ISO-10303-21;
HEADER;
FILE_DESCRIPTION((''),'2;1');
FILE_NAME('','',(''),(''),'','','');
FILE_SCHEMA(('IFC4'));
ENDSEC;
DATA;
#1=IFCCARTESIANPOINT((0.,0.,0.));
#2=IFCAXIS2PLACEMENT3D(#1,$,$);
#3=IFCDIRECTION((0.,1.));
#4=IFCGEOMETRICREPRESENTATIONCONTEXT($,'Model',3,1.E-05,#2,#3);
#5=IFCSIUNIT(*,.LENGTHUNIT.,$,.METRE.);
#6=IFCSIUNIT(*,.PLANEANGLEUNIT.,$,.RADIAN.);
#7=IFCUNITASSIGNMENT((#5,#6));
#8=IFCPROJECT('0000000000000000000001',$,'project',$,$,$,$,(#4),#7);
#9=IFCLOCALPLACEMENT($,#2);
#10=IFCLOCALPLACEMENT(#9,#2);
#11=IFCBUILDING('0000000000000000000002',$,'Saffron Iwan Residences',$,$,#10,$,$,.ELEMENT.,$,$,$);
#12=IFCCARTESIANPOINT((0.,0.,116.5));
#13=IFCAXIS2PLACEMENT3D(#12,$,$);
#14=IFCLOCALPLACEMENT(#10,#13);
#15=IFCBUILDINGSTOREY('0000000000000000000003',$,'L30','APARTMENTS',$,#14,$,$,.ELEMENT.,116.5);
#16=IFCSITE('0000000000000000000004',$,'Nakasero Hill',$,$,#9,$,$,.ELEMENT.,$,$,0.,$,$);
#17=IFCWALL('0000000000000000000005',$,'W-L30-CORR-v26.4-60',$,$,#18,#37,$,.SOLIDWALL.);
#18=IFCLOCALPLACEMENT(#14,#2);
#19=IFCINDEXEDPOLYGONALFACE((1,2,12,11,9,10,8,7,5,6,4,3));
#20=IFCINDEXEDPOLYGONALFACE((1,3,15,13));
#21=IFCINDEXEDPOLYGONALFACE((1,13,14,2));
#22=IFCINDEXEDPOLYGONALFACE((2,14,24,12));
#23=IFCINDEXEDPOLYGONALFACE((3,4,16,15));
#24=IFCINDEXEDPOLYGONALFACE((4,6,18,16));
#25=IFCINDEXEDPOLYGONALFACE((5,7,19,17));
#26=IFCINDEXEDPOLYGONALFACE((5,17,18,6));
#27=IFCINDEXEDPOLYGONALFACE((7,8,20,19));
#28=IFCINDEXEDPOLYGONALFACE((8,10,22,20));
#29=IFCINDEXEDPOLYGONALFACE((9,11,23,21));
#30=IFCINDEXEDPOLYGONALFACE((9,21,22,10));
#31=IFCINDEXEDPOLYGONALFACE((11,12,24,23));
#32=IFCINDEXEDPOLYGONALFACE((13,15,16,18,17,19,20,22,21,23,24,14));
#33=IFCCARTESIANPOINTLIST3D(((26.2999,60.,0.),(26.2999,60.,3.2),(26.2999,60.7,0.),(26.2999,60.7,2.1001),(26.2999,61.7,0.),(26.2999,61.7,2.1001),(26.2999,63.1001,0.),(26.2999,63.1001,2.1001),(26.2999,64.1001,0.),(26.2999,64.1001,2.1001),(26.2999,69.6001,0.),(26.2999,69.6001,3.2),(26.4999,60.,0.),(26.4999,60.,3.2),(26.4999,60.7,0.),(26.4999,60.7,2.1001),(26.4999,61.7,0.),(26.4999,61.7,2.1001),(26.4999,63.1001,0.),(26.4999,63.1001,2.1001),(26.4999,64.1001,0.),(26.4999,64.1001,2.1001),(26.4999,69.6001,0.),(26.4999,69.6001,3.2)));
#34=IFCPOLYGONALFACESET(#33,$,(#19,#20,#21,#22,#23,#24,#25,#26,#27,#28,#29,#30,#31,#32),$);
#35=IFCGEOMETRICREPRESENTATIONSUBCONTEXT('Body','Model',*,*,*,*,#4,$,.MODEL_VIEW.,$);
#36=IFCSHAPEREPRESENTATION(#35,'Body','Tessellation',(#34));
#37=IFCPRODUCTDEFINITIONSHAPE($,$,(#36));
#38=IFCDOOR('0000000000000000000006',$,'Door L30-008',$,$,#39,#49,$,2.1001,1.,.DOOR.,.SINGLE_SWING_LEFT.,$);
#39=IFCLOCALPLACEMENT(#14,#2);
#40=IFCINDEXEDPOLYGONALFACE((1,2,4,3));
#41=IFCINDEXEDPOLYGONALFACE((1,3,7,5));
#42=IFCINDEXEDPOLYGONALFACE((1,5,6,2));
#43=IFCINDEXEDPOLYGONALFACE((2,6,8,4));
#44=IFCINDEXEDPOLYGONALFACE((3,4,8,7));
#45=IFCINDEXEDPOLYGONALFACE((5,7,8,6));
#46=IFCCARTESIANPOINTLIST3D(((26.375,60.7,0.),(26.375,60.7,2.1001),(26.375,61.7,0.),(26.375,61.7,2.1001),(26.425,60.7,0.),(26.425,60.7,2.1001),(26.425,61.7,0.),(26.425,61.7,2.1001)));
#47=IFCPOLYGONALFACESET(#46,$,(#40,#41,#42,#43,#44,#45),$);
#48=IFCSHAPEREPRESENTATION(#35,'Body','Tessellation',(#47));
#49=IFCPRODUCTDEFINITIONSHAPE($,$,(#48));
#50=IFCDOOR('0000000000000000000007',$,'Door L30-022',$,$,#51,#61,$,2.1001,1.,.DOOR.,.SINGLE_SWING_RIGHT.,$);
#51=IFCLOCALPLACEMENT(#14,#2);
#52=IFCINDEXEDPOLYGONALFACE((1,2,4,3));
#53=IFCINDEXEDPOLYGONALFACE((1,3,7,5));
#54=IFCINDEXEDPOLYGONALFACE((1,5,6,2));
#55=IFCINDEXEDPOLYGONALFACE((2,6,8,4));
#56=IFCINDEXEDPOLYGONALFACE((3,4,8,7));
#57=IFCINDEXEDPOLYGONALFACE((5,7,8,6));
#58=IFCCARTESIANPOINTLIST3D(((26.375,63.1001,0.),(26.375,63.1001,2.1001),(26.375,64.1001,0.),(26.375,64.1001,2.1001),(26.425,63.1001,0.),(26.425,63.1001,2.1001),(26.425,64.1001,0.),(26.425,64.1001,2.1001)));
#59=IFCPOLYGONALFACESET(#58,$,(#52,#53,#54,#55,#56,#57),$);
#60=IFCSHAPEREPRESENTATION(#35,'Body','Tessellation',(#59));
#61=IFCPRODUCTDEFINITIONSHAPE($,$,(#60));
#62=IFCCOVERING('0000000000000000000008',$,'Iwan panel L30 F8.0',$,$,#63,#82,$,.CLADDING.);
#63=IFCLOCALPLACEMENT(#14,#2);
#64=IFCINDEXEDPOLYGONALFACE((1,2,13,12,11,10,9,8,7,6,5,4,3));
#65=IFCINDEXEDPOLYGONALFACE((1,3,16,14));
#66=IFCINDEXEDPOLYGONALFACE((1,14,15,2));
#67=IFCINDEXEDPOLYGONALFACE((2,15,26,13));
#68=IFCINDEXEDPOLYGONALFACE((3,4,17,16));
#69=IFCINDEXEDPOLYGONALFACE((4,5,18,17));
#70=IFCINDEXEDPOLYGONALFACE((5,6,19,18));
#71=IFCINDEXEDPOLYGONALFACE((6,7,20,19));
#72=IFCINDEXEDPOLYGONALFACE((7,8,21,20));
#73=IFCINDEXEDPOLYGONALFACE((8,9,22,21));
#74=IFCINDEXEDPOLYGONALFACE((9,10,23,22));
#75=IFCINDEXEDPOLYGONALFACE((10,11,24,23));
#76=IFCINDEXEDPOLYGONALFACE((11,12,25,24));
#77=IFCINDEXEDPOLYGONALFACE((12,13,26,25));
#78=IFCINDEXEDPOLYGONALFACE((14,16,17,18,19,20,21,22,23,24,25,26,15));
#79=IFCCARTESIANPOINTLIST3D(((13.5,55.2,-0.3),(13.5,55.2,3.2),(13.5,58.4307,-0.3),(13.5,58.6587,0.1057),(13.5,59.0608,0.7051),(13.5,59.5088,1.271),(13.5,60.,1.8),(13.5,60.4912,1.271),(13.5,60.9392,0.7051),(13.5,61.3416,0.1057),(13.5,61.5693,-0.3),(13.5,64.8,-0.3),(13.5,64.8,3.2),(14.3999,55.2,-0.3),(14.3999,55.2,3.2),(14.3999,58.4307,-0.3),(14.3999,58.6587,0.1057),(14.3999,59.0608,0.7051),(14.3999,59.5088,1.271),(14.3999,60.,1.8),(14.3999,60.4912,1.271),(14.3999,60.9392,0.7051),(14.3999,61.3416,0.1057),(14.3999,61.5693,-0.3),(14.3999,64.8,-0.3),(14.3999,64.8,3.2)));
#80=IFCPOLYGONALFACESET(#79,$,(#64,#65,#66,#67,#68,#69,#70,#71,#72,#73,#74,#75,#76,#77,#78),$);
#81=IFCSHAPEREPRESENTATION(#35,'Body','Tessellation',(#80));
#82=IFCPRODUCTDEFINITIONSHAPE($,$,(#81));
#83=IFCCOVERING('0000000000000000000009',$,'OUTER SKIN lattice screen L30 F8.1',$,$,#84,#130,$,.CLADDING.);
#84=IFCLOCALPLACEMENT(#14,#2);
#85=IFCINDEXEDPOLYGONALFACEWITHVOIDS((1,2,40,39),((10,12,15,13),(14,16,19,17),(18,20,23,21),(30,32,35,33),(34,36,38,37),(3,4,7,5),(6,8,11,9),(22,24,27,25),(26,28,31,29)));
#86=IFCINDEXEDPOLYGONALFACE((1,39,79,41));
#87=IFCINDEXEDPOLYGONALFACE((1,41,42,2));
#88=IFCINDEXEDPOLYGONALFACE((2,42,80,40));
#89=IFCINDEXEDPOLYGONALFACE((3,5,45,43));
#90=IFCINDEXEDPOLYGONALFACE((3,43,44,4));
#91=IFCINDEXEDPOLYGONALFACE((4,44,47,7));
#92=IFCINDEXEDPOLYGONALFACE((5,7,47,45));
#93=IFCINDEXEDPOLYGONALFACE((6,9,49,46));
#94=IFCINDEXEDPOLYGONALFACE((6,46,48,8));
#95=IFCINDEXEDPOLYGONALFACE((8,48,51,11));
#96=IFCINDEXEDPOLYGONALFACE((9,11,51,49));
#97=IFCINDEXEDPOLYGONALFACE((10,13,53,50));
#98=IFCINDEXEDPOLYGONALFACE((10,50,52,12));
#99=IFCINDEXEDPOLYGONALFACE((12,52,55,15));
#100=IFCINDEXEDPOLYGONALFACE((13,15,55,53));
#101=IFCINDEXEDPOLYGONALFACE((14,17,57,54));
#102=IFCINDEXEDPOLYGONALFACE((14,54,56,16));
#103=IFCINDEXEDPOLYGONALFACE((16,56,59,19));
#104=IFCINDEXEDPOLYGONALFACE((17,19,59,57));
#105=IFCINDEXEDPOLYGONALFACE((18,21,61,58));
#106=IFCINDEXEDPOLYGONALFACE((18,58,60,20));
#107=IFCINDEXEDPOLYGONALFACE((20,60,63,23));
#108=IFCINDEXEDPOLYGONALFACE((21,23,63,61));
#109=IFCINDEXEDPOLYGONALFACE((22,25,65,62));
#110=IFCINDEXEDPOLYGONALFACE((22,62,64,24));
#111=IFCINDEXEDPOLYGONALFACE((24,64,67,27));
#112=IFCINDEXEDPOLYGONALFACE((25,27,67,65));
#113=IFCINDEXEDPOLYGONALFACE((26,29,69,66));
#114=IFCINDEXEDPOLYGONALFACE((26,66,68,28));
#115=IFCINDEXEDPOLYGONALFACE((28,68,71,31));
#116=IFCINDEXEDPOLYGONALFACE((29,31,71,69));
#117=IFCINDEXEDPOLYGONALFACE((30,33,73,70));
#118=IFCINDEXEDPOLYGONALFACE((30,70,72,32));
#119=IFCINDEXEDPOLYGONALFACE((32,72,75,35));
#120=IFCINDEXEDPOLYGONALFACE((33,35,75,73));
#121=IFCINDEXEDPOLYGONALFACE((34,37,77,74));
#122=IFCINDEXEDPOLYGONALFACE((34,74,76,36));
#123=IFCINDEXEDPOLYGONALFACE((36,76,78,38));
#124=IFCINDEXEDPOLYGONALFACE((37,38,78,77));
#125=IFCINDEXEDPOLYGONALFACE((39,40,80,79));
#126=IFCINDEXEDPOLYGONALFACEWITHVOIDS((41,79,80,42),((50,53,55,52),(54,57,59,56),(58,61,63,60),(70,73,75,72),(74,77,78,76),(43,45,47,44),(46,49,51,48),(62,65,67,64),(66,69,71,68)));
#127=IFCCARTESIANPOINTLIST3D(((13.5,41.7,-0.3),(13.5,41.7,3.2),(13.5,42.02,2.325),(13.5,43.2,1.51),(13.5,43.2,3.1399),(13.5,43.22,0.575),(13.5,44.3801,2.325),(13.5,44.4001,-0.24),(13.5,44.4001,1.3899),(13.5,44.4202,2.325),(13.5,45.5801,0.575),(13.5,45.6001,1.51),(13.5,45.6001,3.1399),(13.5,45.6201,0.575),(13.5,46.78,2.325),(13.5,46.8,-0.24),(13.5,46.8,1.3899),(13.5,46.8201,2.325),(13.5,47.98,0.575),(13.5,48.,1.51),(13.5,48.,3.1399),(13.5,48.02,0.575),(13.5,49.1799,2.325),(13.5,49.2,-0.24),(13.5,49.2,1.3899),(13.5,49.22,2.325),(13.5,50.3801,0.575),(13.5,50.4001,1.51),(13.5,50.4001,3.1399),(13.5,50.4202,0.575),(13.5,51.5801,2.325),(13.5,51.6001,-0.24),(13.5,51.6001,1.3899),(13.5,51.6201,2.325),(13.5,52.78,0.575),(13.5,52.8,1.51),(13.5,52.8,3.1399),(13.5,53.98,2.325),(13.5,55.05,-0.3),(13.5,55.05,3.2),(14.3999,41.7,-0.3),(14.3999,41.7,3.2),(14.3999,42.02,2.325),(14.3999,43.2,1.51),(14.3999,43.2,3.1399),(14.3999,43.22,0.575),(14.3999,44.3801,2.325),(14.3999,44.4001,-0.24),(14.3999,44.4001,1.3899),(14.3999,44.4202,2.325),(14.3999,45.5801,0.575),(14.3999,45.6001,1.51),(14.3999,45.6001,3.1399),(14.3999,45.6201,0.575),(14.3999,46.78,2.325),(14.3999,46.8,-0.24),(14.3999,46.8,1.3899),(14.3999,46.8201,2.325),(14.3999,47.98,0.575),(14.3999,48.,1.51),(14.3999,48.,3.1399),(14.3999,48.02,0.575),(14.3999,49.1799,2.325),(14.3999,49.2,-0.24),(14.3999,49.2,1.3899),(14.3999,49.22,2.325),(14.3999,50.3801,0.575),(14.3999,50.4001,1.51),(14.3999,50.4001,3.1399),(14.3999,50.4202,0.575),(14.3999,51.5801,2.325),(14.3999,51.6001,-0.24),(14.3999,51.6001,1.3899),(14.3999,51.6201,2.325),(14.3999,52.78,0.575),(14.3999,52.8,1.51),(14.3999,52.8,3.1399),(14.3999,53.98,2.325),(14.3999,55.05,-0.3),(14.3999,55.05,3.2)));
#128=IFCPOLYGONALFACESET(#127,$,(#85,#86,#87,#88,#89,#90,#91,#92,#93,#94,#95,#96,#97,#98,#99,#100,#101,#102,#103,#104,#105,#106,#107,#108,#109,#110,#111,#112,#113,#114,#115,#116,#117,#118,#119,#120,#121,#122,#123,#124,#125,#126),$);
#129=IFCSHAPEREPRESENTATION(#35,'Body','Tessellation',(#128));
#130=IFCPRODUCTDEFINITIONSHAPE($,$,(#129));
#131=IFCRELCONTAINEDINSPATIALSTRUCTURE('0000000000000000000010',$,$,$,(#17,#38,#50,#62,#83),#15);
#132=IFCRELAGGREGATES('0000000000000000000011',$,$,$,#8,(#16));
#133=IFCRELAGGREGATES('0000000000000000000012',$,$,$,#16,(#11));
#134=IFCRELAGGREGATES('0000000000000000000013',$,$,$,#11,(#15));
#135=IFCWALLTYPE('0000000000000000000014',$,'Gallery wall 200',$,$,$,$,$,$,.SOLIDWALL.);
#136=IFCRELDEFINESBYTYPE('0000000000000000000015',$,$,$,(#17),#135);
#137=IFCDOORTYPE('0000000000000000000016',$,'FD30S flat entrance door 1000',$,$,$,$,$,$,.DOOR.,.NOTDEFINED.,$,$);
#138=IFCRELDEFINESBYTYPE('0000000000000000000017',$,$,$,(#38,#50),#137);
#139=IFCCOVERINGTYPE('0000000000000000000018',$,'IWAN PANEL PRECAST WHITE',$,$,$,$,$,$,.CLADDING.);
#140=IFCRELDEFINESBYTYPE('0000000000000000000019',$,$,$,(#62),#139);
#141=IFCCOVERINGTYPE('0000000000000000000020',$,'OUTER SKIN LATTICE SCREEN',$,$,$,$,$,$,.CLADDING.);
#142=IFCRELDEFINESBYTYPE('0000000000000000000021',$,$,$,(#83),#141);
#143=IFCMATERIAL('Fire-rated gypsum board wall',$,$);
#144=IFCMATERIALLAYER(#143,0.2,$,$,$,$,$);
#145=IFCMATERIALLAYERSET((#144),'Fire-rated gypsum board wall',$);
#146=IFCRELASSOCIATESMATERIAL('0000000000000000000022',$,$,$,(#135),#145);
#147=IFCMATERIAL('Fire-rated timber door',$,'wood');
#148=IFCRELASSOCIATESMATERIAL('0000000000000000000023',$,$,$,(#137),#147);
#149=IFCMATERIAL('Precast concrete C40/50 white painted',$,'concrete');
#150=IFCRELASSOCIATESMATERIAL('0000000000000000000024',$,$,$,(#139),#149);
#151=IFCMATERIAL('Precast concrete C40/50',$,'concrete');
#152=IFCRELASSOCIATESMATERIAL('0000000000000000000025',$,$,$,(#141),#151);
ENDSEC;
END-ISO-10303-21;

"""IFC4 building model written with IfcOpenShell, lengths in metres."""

from ifc_helpers import new_model, si_unit, direction, frame, frame_2d, origin, place, context, subcontext, project, spatial, polyline, rectangle, outline, extrude, material, layer, layer_set, type_object, element, fill, save


model = new_model("IFC4")

# Units and contexts
model_context = context("Model", 3, precision=1e-05, world=origin(), true_north=direction((0.0, 1.0)))
body_context = subcontext(model_context, "Body", "Model", "MODEL_VIEW")
ifc_project = project(units=[si_unit("LENGTHUNIT", "METRE"), si_unit("PLANEANGLEUNIT", "RADIAN")], contexts=[model_context])

# Site, building, storey
site_placement = place(None, origin())
site = spatial("IfcSite", under=ifc_project, at=site_placement, Name="Nakasero Hill", CompositionType="ELEMENT", RefElevation=0.0)
building_placement = place(site_placement, origin())
building = spatial("IfcBuilding", under=site, at=building_placement, Name="Saffron Iwan Residences", CompositionType="ELEMENT")
storey_placement = place(building_placement, frame((0.0, 0.0, 116.5)))
storey = spatial("IfcBuildingStorey", under=building, at=storey_placement, Name="L30", Description="APARTMENTS", CompositionType="ELEMENT", Elevation=116.5)

# Shared definitions
ifc_material_1 = material(Name="Fire-rated gypsum board wall")

# Shared definitions
ifc_layer_1 = layer(ifc_material_1, 0.2)
ifc_layer_set_1 = layer_set([ifc_layer_1], Name="Fire-rated gypsum board wall")
wall_type_1 = type_object("IfcWallType", Name="Gallery wall 200", PredefinedType="SOLIDWALL", material=ifc_layer_set_1)

# Wall, openings, doors
wall_1_placement = place(storey_placement, frame((26.3999, 60.0, 0.0), z_axis=(0.0, 0.0, 1.0), x_axis=(0.0, 1.0, 0.0)))
wall_1 = element("IfcWall", 1, at=wall_1_placement, inside=storey, type_object=wall_type_1, Name="W-L30-CORR-v26.4-60", PredefinedType="SOLIDWALL", context=body_context, shape_type="SweptSolid", body=[
    extrude(rectangle(XDim=9.6001, YDim=0.2, at=frame_2d((4.8, 0.0))), origin(), (0.0, 0.0, 1.0), 3.2),
])
opening_1_placement = place(wall_1_placement, frame((0.7, 0.0, 0.0)))
opening_1 = element("IfcOpeningElement", 2, at=opening_1_placement, cuts=wall_1, PredefinedType="OPENING", context=body_context, shape_type="SweptSolid", body=[
    extrude(rectangle(XDim=1.0, YDim=2.1001, at=frame_2d((0.5, 1.05))), frame((0.0, 0.1099, 0.0), z_axis=(0.0, -1.0, 0.0), x_axis=(1.0, 0.0, 0.0)), (0.0, 0.0, 1.0), 0.22),
])
opening_2_placement = place(wall_1_placement, frame((3.1001, 0.0, 0.0)))
opening_2 = element("IfcOpeningElement", 3, at=opening_2_placement, cuts=wall_1, PredefinedType="OPENING", context=body_context, shape_type="SweptSolid", body=[
    extrude(rectangle(XDim=1.0, YDim=2.1001, at=frame_2d((0.5, 1.05))), frame((0.0, 0.1099, 0.0), z_axis=(0.0, -1.0, 0.0), x_axis=(1.0, 0.0, 0.0)), (0.0, 0.0, 1.0), 0.22),
])
ifc_material_2 = material(Name="Fire-rated timber door", Category="wood")
door_type_1 = type_object("IfcDoorType", Name="FD30S flat entrance door 1000", OperationType="NOTDEFINED", PredefinedType="DOOR", material=ifc_material_2)
door_1_placement = place(opening_1_placement, origin())
door_1 = element("IfcDoor", 4, at=door_1_placement, inside=storey, type_object=door_type_1, Name="Door L30-008", OperationType="SINGLE_SWING_LEFT", OverallHeight=2.1001, OverallWidth=1.0, PredefinedType="DOOR", context=body_context, shape_type="SweptSolid", body=[
    extrude(rectangle(XDim=1.0, YDim=2.1001, at=frame_2d((0.5, 1.05))), frame((0.0, 0.0249, 0.0), z_axis=(0.0, -1.0, 0.0), x_axis=(1.0, 0.0, 0.0)), (0.0, 0.0, 1.0), 0.05),
])
fill(opening_1, door_1)
door_2_placement = place(opening_2_placement, origin())
door_2 = element("IfcDoor", 5, at=door_2_placement, inside=storey, type_object=door_type_1, Name="Door L30-022", OperationType="SINGLE_SWING_RIGHT", OverallHeight=2.1001, OverallWidth=1.0, PredefinedType="DOOR", context=body_context, shape_type="SweptSolid", body=[
    extrude(rectangle(XDim=1.0, YDim=2.1001, at=frame_2d((0.5, 1.05))), frame((0.0, 0.0249, 0.0), z_axis=(0.0, -1.0, 0.0), x_axis=(1.0, 0.0, 0.0)), (0.0, 0.0, 1.0), 0.05),
])
fill(opening_2, door_2)

# Coverings
ifc_material_3 = material(Name="Precast concrete C40/50 white painted", Category="concrete")
covering_type_1 = type_object("IfcCoveringType", Name="IWAN PANEL PRECAST WHITE", PredefinedType="CLADDING", material=ifc_material_3)
covering_1_placement = place(storey_placement, frame((14.3999, 64.8, -0.3), z_axis=(-1.0, 0.0, 0.0), x_axis=(0.0, -1.0, 0.0)))
element("IfcCovering", 6, at=covering_1_placement, inside=storey, type_object=covering_type_1, Name="Iwan panel L30 F8.0", PredefinedType="CLADDING", context=body_context, shape_type="SweptSolid", body=[
    extrude(outline(polyline([(0.0, 0.0), (0.0, 3.5), (9.6001, 3.5), (9.6001, 0.0), (6.3694, 0.0), (6.1414, 0.4058), (5.7393, 1.0051), (5.2913, 1.571), (4.8, 2.1001), (4.3088, 1.571), (3.8608, 1.0051), (3.4585, 0.4058), (3.2307, 0.0), (0.0, 0.0)])), origin(), (0.0, 0.0, 1.0), 0.8999),
])
ifc_material_4 = material(Name="Precast concrete C40/50", Category="concrete")
covering_type_2 = type_object("IfcCoveringType", Name="OUTER SKIN LATTICE SCREEN", PredefinedType="CLADDING", material=ifc_material_4)
covering_2_placement = place(storey_placement, frame((14.3999, 55.05, -0.3), z_axis=(-1.0, 0.0, 0.0), x_axis=(0.0, -1.0, 0.0)))
element("IfcCovering", 7, at=covering_2_placement, inside=storey, type_object=covering_type_2, Name="OUTER SKIN lattice screen L30 F8.1", PredefinedType="CLADDING", context=body_context, shape_type="SweptSolid", body=[
    extrude(outline(polyline([(0.0, 0.0), (13.3501, 0.0), (13.3501, 3.5), (0.0, 3.5), (0.0, 0.0)]), holes=[polyline([(2.27, 0.875), (3.45, 0.0601), (4.6299, 0.875), (3.45, 1.6899), (2.27, 0.875)]), polyline([(4.6699, 0.875), (5.8501, 0.0601), (7.03, 0.875), (5.8501, 1.6899), (4.6699, 0.875)]), polyline([(7.0701, 0.875), (8.25, 0.0601), (9.4299, 0.875), (8.25, 1.6899), (7.0701, 0.875)]), polyline([(9.47, 0.875), (10.6499, 0.0601), (11.8301, 0.875), (10.6499, 1.6899), (9.47, 0.875)]), polyline([(1.0701, 2.625), (2.25, 1.8101), (3.4299, 2.625), (2.25, 3.4399), (1.0701, 2.625)]), polyline([(3.47, 2.625), (4.6499, 1.8101), (5.8301, 2.625), (4.6499, 3.4399), (3.47, 2.625)]), polyline([(5.8701, 2.625), (7.05, 1.8101), (8.23, 2.625), (7.05, 3.4399), (5.8701, 2.625)]), polyline([(8.27, 2.625), (9.45, 1.8101), (10.6299, 2.625), (9.45, 3.4399), (8.27, 2.625)]), polyline([(10.6699, 2.625), (11.8501, 1.8101), (13.03, 2.625), (11.8501, 3.4399), (10.6699, 2.625)])]), origin(), (0.0, 0.0, 1.0), 0.8999),
])

save(model, "model.ifc")
